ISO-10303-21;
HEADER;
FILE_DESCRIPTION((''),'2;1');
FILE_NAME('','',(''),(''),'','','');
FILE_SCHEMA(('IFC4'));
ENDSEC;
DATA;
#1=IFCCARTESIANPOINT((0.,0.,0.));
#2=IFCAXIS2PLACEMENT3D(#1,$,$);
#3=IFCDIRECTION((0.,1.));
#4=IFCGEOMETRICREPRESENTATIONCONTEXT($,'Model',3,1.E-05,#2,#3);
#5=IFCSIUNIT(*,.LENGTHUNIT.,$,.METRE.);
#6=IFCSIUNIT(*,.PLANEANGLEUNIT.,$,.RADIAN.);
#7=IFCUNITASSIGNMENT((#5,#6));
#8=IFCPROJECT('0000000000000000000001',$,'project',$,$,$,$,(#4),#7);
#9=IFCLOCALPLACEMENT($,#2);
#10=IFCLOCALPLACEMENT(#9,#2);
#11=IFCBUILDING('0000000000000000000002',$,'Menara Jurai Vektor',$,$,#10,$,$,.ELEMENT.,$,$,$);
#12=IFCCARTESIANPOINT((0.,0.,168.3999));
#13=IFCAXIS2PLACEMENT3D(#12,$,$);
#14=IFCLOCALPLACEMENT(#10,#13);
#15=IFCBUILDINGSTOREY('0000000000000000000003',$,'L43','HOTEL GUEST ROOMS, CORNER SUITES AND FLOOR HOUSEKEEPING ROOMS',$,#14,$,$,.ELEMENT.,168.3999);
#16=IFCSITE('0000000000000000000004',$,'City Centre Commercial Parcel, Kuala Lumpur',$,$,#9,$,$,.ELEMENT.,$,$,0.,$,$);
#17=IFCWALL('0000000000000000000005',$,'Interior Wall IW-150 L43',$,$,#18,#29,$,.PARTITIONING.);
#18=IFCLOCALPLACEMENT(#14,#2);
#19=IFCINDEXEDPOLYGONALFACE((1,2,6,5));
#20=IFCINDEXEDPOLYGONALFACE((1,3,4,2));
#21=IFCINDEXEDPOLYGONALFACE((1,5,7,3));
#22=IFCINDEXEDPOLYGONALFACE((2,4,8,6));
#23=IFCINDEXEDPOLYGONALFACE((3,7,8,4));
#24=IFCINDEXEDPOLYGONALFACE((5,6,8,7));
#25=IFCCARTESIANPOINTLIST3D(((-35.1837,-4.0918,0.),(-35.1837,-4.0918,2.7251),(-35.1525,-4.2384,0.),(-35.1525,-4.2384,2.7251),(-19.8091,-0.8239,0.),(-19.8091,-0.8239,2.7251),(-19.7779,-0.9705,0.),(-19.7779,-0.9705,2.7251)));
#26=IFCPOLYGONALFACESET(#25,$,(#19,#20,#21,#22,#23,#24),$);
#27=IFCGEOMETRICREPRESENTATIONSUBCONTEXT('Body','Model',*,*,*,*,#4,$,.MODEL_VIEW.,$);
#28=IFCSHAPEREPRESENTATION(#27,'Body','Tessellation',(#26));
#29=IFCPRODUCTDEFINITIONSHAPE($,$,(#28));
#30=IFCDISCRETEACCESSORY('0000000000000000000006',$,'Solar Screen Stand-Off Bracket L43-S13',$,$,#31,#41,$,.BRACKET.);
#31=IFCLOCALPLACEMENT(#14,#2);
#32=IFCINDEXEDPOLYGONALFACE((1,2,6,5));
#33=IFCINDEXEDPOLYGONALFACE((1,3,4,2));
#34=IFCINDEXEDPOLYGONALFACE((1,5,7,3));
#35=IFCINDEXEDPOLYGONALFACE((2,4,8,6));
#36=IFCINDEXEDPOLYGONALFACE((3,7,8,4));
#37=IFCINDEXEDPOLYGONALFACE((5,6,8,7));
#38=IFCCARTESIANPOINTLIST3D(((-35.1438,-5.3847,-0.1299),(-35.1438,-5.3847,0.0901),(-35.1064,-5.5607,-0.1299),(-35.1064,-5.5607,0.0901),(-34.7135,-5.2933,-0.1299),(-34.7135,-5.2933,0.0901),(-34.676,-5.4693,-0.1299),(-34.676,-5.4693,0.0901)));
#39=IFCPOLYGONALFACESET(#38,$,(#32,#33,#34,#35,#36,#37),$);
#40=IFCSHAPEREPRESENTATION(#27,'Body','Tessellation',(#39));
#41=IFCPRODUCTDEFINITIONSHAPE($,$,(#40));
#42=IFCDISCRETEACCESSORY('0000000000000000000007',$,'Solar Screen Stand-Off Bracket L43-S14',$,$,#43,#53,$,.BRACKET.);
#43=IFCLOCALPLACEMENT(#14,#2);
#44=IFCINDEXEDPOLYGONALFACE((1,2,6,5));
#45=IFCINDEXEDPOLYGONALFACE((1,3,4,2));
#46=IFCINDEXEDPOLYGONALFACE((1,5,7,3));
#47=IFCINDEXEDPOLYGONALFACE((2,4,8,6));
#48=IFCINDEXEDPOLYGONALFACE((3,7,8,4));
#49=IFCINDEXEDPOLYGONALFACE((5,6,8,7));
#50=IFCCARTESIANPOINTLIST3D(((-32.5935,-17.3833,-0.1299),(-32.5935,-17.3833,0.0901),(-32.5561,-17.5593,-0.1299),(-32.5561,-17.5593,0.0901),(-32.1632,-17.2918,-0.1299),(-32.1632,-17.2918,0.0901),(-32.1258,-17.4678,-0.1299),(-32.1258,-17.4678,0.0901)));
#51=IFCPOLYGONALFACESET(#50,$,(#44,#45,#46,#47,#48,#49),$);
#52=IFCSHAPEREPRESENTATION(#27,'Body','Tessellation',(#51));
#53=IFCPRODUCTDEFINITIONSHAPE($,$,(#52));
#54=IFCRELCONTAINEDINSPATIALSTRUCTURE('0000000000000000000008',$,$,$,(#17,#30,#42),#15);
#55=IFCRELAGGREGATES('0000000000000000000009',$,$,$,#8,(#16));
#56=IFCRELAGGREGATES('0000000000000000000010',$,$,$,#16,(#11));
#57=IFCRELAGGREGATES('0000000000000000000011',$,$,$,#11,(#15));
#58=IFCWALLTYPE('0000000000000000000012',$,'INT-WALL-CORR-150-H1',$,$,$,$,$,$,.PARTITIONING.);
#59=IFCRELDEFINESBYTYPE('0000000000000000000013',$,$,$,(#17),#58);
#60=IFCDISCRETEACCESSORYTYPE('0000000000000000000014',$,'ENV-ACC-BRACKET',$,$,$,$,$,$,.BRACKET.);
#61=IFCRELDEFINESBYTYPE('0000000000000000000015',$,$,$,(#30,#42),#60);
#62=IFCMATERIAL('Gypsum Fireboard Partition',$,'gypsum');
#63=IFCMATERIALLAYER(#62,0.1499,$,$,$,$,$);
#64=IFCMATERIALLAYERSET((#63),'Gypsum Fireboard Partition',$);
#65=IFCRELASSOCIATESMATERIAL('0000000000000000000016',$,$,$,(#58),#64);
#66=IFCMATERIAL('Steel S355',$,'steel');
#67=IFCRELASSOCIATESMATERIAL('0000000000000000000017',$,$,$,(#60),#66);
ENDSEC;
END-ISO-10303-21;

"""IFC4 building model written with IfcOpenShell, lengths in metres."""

from ifc_helpers import new_model, si_unit, direction, frame, frame_2d, origin, origin_2d, place, context, subcontext, project, spatial, rectangle, extrude, material, layer, layer_set, type_object, element, save


model = new_model("IFC4")

# Units and contexts
model_context = context("Model", 3, precision=1e-05, world=origin(), true_north=direction((0.0, 1.0)))
body_context = subcontext(model_context, "Body", "Model", "MODEL_VIEW")
ifc_project = project(units=[si_unit("LENGTHUNIT", "METRE"), si_unit("PLANEANGLEUNIT", "RADIAN")], contexts=[model_context])

# Site, building, storey
site_placement = place(None, origin())
site = spatial("IfcSite", under=ifc_project, at=site_placement, Name="City Centre Commercial Parcel, Kuala Lumpur", CompositionType="ELEMENT", RefElevation=0.0)
building_placement = place(site_placement, origin())
building = spatial("IfcBuilding", under=site, at=building_placement, Name="Menara Jurai Vektor", CompositionType="ELEMENT")
storey_placement = place(building_placement, frame((0.0, 0.0, 168.3999)))
storey = spatial("IfcBuildingStorey", under=building, at=storey_placement, Name="L43", Description="HOTEL GUEST ROOMS, CORNER SUITES AND FLOOR HOUSEKEEPING ROOMS", CompositionType="ELEMENT", Elevation=168.3999)

# Shared definitions
ifc_material_1 = material(Name="Steel S355", Category="steel")

# Shared definitions
ifc_material_2 = material(Name="Gypsum Fireboard Partition", Category="gypsum")

# Wall
ifc_layer_1 = layer(ifc_material_2, 0.1499)
ifc_layer_set_1 = layer_set([ifc_layer_1], Name="Gypsum Fireboard Partition")
wall_type_1 = type_object("IfcWallType", Name="INT-WALL-CORR-150-H1", PredefinedType="PARTITIONING", material=ifc_layer_set_1)
wall_1_placement = place(storey_placement, frame((-35.168, -4.165, 0.0), z_axis=(0.0, 0.0, 1.0), x_axis=(0.978149, 0.207904, 0.0)))
element("IfcWall", 1, at=wall_1_placement, inside=storey, type_object=wall_type_1, Name="Interior Wall IW-150 L43", PredefinedType="PARTITIONING", context=body_context, shape_type="SweptSolid", body=[
    extrude(rectangle(XDim=15.718, YDim=0.1499, at=frame_2d((7.8589, 0.0))), origin(), (0.0, 0.0, 1.0), 2.7251),
])

# Discrete accessories
discrete_accessory_type = type_object("IfcDiscreteAccessoryType", Name="ENV-ACC-BRACKET", PredefinedType="BRACKET", material=ifc_material_1)
for number, where, z_axis, x_axis, name in (
    (2, (-34.9099, -5.427, -0.1299), (0.0, 0.0, 1.0), (0.207912, -0.978148, 0.0), "Solar Screen Stand-Off Bracket L43-S13"),
    (3, (-32.3596, -17.4255, -0.1299), (0.0, 0.0, 1.0), (0.207912, -0.978148, 0.0), "Solar Screen Stand-Off Bracket L43-S14"),
):
    element("IfcDiscreteAccessory", number, at=place(storey_placement, frame(where, z_axis=z_axis, x_axis=x_axis)), inside=storey, type_object=discrete_accessory_type, Name=name, PredefinedType="BRACKET", context=body_context, shape_type="SweptSolid", body=[
        extrude(rectangle(XDim=0.1799, YDim=0.4399, at=origin_2d()), origin(), (0.0, 0.0, 1.0), 0.22),
    ])

save(model, "model.ifc")
